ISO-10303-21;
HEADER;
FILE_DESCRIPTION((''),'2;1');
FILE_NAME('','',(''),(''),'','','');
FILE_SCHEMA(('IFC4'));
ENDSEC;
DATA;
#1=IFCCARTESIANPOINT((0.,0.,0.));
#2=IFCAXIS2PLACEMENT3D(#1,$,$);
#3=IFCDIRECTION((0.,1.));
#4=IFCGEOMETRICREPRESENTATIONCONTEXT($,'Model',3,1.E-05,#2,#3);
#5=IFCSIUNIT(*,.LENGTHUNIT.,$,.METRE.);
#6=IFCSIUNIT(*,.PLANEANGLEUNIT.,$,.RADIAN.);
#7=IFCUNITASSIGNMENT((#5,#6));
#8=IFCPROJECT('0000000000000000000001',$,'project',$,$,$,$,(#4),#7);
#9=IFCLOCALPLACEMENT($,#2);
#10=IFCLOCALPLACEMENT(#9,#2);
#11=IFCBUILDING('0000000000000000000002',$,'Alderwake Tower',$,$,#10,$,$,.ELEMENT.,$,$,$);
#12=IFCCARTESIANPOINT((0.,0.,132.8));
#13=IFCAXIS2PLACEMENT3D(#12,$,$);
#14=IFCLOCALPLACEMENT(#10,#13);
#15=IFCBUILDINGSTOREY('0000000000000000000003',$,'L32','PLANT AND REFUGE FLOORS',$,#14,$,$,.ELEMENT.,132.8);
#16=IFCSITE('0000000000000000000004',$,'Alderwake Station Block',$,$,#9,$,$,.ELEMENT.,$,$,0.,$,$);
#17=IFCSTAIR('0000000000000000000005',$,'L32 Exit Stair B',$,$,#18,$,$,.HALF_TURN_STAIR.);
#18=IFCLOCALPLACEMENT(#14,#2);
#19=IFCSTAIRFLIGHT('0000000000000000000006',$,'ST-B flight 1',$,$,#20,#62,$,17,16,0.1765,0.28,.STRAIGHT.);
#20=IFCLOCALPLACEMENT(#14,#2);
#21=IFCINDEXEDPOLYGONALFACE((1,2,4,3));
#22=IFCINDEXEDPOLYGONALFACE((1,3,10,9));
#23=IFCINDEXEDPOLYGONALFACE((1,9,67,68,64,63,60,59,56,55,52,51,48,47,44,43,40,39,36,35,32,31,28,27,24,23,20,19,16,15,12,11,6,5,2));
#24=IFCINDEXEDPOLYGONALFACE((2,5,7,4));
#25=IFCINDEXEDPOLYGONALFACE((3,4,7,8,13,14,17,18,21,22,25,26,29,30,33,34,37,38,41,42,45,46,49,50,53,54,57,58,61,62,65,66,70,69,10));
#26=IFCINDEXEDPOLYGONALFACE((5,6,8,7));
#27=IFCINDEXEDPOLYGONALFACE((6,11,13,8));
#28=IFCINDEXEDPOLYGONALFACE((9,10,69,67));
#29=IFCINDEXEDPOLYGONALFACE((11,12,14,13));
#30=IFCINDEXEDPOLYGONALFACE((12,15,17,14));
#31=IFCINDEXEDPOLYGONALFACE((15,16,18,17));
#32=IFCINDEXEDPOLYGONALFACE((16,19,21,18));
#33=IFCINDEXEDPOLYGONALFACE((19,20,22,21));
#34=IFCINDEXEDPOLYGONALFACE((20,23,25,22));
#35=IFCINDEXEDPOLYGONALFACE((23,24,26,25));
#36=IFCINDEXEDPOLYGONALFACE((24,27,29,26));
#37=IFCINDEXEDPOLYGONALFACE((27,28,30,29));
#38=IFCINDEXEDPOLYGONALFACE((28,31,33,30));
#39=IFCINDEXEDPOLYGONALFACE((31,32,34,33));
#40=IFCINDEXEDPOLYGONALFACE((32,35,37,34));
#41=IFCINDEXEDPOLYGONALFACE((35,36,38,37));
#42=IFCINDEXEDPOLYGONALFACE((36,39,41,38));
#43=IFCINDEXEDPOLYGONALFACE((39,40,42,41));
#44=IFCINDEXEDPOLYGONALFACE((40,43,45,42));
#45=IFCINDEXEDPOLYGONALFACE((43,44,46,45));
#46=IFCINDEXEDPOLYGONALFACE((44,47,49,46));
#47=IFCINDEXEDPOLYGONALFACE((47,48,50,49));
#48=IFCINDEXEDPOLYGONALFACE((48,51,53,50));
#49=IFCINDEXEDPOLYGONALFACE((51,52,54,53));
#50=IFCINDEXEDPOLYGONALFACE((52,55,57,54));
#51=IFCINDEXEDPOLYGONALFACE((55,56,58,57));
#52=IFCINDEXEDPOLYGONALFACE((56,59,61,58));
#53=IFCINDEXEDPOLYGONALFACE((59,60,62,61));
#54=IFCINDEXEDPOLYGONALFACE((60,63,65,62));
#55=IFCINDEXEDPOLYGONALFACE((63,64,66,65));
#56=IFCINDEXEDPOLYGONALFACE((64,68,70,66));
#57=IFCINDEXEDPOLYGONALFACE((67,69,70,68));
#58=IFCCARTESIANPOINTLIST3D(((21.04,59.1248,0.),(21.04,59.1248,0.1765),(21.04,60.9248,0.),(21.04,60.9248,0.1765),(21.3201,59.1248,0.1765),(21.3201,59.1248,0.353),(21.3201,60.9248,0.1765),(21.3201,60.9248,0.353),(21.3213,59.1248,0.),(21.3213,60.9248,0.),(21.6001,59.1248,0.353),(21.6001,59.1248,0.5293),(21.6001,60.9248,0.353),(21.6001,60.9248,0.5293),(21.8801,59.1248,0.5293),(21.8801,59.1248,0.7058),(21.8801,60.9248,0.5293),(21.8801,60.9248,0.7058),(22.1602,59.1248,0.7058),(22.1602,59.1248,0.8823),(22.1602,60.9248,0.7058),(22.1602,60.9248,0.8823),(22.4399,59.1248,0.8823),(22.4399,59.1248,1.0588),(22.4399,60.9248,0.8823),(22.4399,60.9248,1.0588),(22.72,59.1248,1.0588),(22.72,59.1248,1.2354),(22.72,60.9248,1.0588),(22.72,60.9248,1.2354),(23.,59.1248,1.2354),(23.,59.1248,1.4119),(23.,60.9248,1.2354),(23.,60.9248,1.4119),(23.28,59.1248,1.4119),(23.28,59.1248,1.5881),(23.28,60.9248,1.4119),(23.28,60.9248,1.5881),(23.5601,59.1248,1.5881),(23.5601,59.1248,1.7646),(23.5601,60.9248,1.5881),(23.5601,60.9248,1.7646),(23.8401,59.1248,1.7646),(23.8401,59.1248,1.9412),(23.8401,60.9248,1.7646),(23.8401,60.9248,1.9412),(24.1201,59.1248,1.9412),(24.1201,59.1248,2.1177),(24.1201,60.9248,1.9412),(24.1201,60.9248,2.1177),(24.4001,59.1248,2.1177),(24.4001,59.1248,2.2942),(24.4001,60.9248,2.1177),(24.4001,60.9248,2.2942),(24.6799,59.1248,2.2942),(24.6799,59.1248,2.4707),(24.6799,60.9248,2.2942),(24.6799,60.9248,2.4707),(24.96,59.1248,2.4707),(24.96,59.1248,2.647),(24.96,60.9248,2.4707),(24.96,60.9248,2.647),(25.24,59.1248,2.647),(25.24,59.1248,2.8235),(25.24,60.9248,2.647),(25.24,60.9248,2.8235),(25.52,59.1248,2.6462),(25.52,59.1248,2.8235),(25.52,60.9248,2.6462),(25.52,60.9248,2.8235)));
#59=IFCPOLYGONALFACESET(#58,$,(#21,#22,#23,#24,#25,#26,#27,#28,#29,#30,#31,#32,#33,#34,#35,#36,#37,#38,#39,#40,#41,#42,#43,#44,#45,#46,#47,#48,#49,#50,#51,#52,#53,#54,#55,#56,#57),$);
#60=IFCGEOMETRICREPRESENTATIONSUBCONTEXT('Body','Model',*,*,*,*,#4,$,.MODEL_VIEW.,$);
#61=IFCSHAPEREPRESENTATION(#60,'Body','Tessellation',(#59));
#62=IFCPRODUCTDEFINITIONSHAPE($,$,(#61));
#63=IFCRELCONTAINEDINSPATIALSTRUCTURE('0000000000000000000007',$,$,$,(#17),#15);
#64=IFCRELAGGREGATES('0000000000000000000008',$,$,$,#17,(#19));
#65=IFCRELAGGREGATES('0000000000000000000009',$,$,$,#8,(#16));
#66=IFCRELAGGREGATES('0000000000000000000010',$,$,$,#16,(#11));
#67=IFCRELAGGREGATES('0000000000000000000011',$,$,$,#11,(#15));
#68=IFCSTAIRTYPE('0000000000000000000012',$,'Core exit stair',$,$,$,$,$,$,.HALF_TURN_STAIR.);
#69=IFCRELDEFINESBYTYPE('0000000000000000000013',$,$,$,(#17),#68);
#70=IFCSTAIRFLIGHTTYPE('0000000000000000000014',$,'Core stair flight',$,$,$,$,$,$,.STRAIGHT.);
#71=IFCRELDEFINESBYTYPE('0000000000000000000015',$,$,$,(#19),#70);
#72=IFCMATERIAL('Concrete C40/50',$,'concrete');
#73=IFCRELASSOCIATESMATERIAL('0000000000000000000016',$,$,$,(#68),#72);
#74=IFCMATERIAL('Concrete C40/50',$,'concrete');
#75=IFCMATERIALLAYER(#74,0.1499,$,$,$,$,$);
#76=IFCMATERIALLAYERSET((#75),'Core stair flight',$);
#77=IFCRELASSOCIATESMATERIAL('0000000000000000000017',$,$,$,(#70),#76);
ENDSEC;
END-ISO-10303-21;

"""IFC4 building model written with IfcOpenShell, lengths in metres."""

from ifc_helpers import new_model, si_unit, direction, frame, origin, place, context, subcontext, project, spatial, polyline, outline, extrude, material, layer, layer_set, type_object, element, aggregate, save


model = new_model("IFC4")

# Units and contexts
model_context = context("Model", 3, precision=1e-05, world=origin(), true_north=direction((0.0, 1.0)))
body_context = subcontext(model_context, "Body", "Model", "MODEL_VIEW")
ifc_project = project(units=[si_unit("LENGTHUNIT", "METRE"), si_unit("PLANEANGLEUNIT", "RADIAN")], contexts=[model_context])

# Site, building, storey
site_placement = place(None, origin())
site = spatial("IfcSite", under=ifc_project, at=site_placement, Name="Alderwake Station Block", CompositionType="ELEMENT", RefElevation=0.0)
building_placement = place(site_placement, origin())
building = spatial("IfcBuilding", under=site, at=building_placement, Name="Alderwake Tower", CompositionType="ELEMENT")
storey_placement = place(building_placement, frame((0.0, 0.0, 132.8)))
storey = spatial("IfcBuildingStorey", under=building, at=storey_placement, Name="L32", Description="PLANT AND REFUGE FLOORS", CompositionType="ELEMENT", Elevation=132.8)

# Stair, stair flight
ifc_material_1 = material(Name="Concrete C40/50", Category="concrete")
stair_type = type_object("IfcStairType", Name="Core exit stair", PredefinedType="HALF_TURN_STAIR", material=ifc_material_1)
stair_placement = place(storey_placement, origin())
stair = element("IfcStair", 1, at=stair_placement, inside=storey, type_object=stair_type, Name="L32 Exit Stair B", PredefinedType="HALF_TURN_STAIR")
ifc_material_2 = material(Name="Concrete C40/50", Category="concrete")
ifc_layer_1 = layer(ifc_material_2, 0.1499)
ifc_layer_set_1 = layer_set([ifc_layer_1], Name="Core stair flight")
stair_flight_type = type_object("IfcStairFlightType", Name="Core stair flight", PredefinedType="STRAIGHT", material=ifc_layer_set_1)
stair_flight_placement = place(storey_placement, frame((21.04, 60.0249, 0.0), z_axis=(0.0, 0.0, 1.0), x_axis=(1.0, 0.0, 0.0)))
stair_flight = element("IfcStairFlight", 2, at=stair_flight_placement, type_object=stair_flight_type, Name="ST-B flight 1", NumberOfRisers=17, NumberOfTreads=16, PredefinedType="STRAIGHT", RiserHeight=0.1765, TreadLength=0.28, context=body_context, shape_type="SweptSolid", body=[
    extrude(outline(polyline([(0.0, 0.0), (0.0, 0.1765), (0.28, 0.1765), (0.28, 0.353), (0.5601, 0.353), (0.5601, 0.5293), (0.8401, 0.5293), (0.8401, 0.7058), (1.1201, 0.7058), (1.1201, 0.8823), (1.3999, 0.8823), (1.3999, 1.0588), (1.6799, 1.0588), (1.6799, 1.2354), (1.96, 1.2354), (1.96, 1.4119), (2.24, 1.4119), (2.24, 1.5881), (2.52, 1.5881), (2.52, 1.7646), (2.8, 1.7646), (2.8, 1.9412), (3.0801, 1.9412), (3.0801, 2.1177), (3.3601, 2.1177), (3.3601, 2.2942), (3.6399, 2.2942), (3.6399, 2.4707), (3.9199, 2.4707), (3.9199, 2.647), (4.2, 2.647), (4.2, 2.8235), (4.48, 2.8235), (4.48, 3.0), (4.48, 2.6462), (0.2812, 0.0), (0.0, 0.0)])), frame((0.0, 0.8999, 0.0), z_axis=(0.0, -1.0, 0.0), x_axis=(1.0, 0.0, 0.0)), (0.0, 0.0, 1.0), 1.8),
])
aggregate(stair, [stair_flight])

save(model, "model.ifc")
